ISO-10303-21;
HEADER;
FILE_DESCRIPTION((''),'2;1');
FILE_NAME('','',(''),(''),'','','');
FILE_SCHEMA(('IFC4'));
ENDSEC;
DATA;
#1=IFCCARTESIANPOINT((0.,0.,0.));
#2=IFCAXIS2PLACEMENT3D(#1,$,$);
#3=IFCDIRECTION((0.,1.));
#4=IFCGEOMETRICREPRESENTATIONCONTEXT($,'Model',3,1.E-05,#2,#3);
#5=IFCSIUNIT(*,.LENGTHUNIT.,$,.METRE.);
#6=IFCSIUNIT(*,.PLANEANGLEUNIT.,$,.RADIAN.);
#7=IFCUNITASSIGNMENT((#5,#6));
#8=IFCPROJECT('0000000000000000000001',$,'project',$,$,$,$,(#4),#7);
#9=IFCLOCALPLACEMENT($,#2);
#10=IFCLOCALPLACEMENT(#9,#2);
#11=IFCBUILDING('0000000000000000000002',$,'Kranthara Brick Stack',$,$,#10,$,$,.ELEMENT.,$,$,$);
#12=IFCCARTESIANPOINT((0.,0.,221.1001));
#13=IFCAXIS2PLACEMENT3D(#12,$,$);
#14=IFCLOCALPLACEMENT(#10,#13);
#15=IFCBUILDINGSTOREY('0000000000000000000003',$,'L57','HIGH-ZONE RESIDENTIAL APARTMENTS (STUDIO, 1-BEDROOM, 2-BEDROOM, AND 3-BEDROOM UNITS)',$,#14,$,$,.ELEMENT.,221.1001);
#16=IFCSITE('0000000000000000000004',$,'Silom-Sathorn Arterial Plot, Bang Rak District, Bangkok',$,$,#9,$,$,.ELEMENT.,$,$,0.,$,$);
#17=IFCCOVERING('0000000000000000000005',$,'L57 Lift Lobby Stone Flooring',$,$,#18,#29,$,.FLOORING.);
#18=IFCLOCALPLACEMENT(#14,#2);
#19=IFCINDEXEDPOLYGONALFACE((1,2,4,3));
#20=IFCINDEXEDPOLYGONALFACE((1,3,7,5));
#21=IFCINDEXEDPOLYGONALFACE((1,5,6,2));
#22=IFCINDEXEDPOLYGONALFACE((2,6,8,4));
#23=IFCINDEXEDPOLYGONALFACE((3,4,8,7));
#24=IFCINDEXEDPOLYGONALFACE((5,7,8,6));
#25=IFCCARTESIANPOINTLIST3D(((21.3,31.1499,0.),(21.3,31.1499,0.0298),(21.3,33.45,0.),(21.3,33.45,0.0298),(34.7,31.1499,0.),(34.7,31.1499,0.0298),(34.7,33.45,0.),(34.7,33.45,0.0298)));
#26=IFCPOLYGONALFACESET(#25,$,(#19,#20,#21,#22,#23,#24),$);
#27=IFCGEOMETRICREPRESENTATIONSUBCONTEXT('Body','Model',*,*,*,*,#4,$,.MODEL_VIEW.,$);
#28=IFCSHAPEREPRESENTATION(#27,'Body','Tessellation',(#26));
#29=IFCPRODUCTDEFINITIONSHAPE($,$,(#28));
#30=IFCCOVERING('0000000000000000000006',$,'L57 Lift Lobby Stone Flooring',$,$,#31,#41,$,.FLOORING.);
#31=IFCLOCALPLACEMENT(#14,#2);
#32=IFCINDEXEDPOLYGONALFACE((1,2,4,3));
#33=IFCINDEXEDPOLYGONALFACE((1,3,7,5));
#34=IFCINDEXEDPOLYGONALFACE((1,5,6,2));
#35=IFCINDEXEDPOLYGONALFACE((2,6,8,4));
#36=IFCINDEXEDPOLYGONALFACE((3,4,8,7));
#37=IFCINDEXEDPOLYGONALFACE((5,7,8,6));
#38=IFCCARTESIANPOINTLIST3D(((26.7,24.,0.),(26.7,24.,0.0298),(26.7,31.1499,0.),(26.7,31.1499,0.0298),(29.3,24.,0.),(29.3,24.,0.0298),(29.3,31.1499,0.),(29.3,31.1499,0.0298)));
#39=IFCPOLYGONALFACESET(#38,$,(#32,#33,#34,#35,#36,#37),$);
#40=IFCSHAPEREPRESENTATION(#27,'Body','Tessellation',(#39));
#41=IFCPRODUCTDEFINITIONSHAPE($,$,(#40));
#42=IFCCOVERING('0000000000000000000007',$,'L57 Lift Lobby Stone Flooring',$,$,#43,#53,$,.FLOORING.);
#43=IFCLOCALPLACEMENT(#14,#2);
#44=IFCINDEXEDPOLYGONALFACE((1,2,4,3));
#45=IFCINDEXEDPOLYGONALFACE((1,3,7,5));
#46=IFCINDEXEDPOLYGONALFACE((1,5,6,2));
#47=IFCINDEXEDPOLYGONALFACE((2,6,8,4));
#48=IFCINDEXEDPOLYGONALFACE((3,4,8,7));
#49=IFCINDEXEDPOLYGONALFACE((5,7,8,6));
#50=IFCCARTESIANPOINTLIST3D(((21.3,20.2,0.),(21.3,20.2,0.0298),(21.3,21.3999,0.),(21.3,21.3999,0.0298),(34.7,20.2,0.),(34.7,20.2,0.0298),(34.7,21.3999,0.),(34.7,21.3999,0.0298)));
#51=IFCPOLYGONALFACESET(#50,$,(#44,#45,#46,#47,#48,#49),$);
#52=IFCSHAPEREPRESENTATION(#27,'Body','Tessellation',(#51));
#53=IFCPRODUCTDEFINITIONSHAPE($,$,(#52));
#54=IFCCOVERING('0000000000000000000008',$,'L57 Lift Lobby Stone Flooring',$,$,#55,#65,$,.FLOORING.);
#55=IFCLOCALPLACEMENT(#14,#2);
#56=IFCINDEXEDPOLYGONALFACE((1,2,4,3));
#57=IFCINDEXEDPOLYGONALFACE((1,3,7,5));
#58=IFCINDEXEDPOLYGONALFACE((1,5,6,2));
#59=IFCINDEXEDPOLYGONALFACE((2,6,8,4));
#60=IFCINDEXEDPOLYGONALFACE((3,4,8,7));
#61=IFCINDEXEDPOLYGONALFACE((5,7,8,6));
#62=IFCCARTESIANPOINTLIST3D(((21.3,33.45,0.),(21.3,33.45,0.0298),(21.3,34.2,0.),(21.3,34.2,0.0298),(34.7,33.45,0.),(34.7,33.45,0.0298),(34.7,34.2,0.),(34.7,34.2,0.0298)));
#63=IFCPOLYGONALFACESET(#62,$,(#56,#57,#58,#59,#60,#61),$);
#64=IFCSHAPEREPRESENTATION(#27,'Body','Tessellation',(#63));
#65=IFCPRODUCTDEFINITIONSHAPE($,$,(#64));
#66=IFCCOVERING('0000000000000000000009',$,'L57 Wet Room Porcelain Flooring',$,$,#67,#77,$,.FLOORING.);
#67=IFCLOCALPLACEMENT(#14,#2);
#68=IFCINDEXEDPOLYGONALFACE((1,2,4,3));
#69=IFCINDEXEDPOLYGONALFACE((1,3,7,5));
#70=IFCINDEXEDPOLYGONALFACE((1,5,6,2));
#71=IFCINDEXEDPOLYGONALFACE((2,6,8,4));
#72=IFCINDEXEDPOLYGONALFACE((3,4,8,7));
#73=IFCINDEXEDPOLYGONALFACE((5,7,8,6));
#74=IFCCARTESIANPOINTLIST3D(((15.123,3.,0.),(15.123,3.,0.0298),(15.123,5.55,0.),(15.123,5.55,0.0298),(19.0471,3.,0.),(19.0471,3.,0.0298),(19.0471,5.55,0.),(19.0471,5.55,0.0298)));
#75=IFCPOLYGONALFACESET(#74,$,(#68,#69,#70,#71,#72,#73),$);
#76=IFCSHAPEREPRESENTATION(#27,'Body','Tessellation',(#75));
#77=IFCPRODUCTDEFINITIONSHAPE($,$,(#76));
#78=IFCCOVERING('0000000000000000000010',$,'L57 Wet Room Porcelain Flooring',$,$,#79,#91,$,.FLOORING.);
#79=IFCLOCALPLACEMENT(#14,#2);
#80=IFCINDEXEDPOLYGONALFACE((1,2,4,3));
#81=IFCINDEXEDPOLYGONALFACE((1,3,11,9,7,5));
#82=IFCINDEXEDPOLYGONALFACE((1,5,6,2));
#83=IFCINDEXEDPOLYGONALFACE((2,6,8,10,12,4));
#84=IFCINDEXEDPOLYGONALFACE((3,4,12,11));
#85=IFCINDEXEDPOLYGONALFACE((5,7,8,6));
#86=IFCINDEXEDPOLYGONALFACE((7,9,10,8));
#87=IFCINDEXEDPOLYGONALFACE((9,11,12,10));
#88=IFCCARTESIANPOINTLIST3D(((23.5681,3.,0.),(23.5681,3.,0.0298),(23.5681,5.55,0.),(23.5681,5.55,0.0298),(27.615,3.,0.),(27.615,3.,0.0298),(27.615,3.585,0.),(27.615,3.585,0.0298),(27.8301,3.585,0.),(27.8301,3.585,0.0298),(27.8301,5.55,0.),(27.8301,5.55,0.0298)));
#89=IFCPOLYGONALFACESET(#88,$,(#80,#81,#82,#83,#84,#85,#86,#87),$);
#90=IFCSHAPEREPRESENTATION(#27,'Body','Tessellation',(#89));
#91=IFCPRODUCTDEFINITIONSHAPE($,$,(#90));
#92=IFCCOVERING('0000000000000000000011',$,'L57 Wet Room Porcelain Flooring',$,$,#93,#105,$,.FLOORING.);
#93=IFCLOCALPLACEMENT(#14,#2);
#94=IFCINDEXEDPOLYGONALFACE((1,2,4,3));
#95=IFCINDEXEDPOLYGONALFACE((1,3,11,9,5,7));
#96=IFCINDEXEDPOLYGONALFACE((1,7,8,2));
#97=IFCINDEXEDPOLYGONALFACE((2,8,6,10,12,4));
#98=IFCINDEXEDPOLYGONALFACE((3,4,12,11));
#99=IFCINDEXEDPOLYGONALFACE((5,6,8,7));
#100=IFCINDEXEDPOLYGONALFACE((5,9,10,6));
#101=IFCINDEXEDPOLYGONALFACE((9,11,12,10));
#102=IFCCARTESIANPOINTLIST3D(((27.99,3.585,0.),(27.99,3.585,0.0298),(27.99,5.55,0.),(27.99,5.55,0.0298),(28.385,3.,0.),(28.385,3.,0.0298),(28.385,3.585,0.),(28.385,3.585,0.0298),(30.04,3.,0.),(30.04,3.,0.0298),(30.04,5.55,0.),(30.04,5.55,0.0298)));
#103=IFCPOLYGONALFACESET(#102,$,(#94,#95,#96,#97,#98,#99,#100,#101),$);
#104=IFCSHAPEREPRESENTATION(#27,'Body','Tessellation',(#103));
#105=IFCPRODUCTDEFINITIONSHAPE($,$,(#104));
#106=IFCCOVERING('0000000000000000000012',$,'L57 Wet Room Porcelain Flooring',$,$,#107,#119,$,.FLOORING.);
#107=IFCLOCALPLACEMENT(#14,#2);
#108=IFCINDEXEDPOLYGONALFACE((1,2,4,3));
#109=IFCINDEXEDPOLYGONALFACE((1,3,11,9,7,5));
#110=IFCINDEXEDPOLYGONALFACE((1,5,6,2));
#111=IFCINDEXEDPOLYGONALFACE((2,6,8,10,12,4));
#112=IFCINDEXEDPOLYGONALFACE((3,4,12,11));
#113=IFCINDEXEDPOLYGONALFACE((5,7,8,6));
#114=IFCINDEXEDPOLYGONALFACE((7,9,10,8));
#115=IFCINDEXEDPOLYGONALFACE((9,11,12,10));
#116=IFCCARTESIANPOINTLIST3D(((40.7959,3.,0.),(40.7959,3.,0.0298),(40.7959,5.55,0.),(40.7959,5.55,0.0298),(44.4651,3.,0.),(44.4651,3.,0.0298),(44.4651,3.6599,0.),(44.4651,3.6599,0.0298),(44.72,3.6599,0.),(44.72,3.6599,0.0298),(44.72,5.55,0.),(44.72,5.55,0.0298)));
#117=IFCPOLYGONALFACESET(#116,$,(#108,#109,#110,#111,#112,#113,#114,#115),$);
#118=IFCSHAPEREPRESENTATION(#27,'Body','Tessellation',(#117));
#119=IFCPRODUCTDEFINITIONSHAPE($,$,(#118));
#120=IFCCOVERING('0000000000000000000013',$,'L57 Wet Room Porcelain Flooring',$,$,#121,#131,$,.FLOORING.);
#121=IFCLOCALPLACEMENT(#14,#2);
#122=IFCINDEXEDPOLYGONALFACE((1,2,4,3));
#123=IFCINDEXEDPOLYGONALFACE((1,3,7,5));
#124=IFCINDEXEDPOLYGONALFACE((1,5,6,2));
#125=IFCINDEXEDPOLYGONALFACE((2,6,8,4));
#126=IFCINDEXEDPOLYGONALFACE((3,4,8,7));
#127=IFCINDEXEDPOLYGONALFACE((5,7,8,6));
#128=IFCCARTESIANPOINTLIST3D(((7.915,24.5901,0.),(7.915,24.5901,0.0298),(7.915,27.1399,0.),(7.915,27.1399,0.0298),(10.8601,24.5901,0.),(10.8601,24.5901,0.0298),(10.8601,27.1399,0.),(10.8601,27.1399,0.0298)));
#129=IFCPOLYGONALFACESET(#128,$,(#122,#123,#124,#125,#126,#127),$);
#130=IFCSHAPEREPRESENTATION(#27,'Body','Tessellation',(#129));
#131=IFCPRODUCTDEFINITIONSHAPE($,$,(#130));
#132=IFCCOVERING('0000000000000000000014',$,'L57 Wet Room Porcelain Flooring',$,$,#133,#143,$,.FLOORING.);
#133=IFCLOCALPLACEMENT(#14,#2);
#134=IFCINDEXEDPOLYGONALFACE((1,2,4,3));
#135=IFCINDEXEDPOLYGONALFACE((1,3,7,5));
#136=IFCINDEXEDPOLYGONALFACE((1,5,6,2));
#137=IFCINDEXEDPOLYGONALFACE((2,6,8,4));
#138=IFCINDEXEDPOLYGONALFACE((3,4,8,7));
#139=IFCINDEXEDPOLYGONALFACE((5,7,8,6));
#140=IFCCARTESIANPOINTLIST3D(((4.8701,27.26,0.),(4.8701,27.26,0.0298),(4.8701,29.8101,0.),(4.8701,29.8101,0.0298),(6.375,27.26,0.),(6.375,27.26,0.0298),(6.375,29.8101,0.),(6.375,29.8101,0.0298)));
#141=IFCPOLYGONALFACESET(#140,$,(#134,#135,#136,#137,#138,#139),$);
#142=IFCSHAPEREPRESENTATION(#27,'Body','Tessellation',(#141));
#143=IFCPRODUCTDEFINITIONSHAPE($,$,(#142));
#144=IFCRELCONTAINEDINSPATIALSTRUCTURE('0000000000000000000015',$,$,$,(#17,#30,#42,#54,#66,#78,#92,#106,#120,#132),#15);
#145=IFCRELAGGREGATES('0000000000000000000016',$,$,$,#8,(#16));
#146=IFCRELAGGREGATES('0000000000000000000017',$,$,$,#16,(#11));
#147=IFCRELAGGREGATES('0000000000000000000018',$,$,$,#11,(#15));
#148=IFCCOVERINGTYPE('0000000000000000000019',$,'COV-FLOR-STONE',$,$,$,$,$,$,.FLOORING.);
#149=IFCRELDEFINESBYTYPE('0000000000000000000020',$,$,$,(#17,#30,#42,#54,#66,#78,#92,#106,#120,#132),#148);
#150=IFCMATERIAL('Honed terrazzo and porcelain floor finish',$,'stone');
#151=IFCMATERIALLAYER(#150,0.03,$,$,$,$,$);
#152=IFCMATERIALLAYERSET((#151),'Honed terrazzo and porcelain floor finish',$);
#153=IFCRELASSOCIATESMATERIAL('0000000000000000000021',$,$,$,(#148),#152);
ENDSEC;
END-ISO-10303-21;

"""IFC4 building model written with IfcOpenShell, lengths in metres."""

from ifc_helpers import new_model, si_unit, direction, frame, origin, place, context, subcontext, project, spatial, polyline, outline, extrude, material, layer, layer_set, type_object, element, save


model = new_model("IFC4")

# Units and contexts
model_context = context("Model", 3, precision=1e-05, world=origin(), true_north=direction((0.0, 1.0)))
body_context = subcontext(model_context, "Body", "Model", "MODEL_VIEW")
ifc_project = project(units=[si_unit("LENGTHUNIT", "METRE"), si_unit("PLANEANGLEUNIT", "RADIAN")], contexts=[model_context])

# Site, building, storey
site_placement = place(None, origin())
site = spatial("IfcSite", under=ifc_project, at=site_placement, Name="Silom-Sathorn Arterial Plot, Bang Rak District, Bangkok", CompositionType="ELEMENT", RefElevation=0.0)
building_placement = place(site_placement, origin())
building = spatial("IfcBuilding", under=site, at=building_placement, Name="Kranthara Brick Stack", CompositionType="ELEMENT")
storey_placement = place(building_placement, frame((0.0, 0.0, 221.1001)))
storey = spatial("IfcBuildingStorey", under=building, at=storey_placement, Name="L57", Description="HIGH-ZONE RESIDENTIAL APARTMENTS (STUDIO, 1-BEDROOM, 2-BEDROOM, AND 3-BEDROOM UNITS)", CompositionType="ELEMENT", Elevation=221.1001)

# Coverings
ifc_material_1 = material(Name="Honed terrazzo and porcelain floor finish", Category="stone")
ifc_layer_1 = layer(ifc_material_1, 0.03)
ifc_layer_set_1 = layer_set([ifc_layer_1], Name="Honed terrazzo and porcelain floor finish")
covering_type_1 = type_object("IfcCoveringType", Name="COV-FLOR-STONE", PredefinedType="FLOORING", material=ifc_layer_set_1)
covering_1_placement = place(storey_placement, origin())
element("IfcCovering", 1, at=covering_1_placement, inside=storey, type_object=covering_type_1, Name="L57 Lift Lobby Stone Flooring", PredefinedType="FLOORING", context=body_context, shape_type="SweptSolid", body=[
    extrude(outline(polyline([(34.7, 31.1499), (34.7, 33.45), (21.3, 33.45), (21.3, 31.1499), (34.7, 31.1499)])), origin(), (0.0, 0.0, 1.0), 0.0298),
])
covering_2_placement = place(storey_placement, origin())
element("IfcCovering", 2, at=covering_2_placement, inside=storey, type_object=covering_type_1, Name="L57 Lift Lobby Stone Flooring", PredefinedType="FLOORING", context=body_context, shape_type="SweptSolid", body=[
    extrude(outline(polyline([(29.3, 24.0), (26.7, 24.0), (26.7, 31.1499), (29.3, 31.1499), (29.3, 24.0)])), origin(), (0.0, 0.0, 1.0), 0.0298),
])
covering_3_placement = place(storey_placement, origin())
element("IfcCovering", 3, at=covering_3_placement, inside=storey, type_object=covering_type_1, Name="L57 Lift Lobby Stone Flooring", PredefinedType="FLOORING", context=body_context, shape_type="SweptSolid", body=[
    extrude(outline(polyline([(34.7, 20.2), (21.3, 20.2), (21.3, 21.3999), (34.7, 21.3999), (34.7, 20.2)])), origin(), (0.0, 0.0, 1.0), 0.0298),
])
covering_4_placement = place(storey_placement, origin())
element("IfcCovering", 4, at=covering_4_placement, inside=storey, type_object=covering_type_1, Name="L57 Lift Lobby Stone Flooring", PredefinedType="FLOORING", context=body_context, shape_type="SweptSolid", body=[
    extrude(outline(polyline([(34.7, 33.45), (21.3, 33.45), (21.3, 34.2), (34.7, 34.2), (34.7, 33.45)])), origin(), (0.0, 0.0, 1.0), 0.0298),
])
covering_5_placement = place(storey_placement, origin())
element("IfcCovering", 5, at=covering_5_placement, inside=storey, type_object=covering_type_1, Name="L57 Wet Room Porcelain Flooring", PredefinedType="FLOORING", context=body_context, shape_type="SweptSolid", body=[
    extrude(outline(polyline([(19.0471, 3.0), (19.0471, 5.55), (15.123, 5.55), (15.123, 3.0), (19.0471, 3.0)])), origin(), (0.0, 0.0, 1.0), 0.0298),
])
covering_6_placement = place(storey_placement, origin())
element("IfcCovering", 6, at=covering_6_placement, inside=storey, type_object=covering_type_1, Name="L57 Wet Room Porcelain Flooring", PredefinedType="FLOORING", context=body_context, shape_type="SweptSolid", body=[
    extrude(outline(polyline([(23.5681, 3.0), (23.5681, 5.55), (27.8301, 5.55), (27.8301, 3.585), (27.615, 3.585), (27.615, 3.0), (23.5681, 3.0)])), origin(), (0.0, 0.0, 1.0), 0.0298),
])
covering_7_placement = place(storey_placement, origin())
element("IfcCovering", 7, at=covering_7_placement, inside=storey, type_object=covering_type_1, Name="L57 Wet Room Porcelain Flooring", PredefinedType="FLOORING", context=body_context, shape_type="SweptSolid", body=[
    extrude(outline(polyline([(27.99, 5.55), (30.04, 5.55), (30.04, 3.0), (28.385, 3.0), (28.385, 3.585), (27.99, 3.585), (27.99, 5.55)])), origin(), (0.0, 0.0, 1.0), 0.0298),
])
covering_8_placement = place(storey_placement, origin())
element("IfcCovering", 8, at=covering_8_placement, inside=storey, type_object=covering_type_1, Name="L57 Wet Room Porcelain Flooring", PredefinedType="FLOORING", context=body_context, shape_type="SweptSolid", body=[
    extrude(outline(polyline([(40.7959, 3.0), (40.7959, 5.55), (44.72, 5.55), (44.72, 3.6599), (44.4651, 3.6599), (44.4651, 3.0), (40.7959, 3.0)])), origin(), (0.0, 0.0, 1.0), 0.0298),
])
covering_9_placement = place(storey_placement, origin())
element("IfcCovering", 9, at=covering_9_placement, inside=storey, type_object=covering_type_1, Name="L57 Wet Room Porcelain Flooring", PredefinedType="FLOORING", context=body_context, shape_type="SweptSolid", body=[
    extrude(outline(polyline([(10.8601, 24.5901), (10.8601, 27.1399), (7.915, 27.1399), (7.915, 24.5901), (10.8601, 24.5901)])), origin(), (0.0, 0.0, 1.0), 0.0298),
])
covering_10_placement = place(storey_placement, origin())
element("IfcCovering", 10, at=covering_10_placement, inside=storey, type_object=covering_type_1, Name="L57 Wet Room Porcelain Flooring", PredefinedType="FLOORING", context=body_context, shape_type="SweptSolid", body=[
    extrude(outline(polyline([(6.375, 27.26), (6.375, 29.8101), (4.8701, 29.8101), (4.8701, 27.26), (6.375, 27.26)])), origin(), (0.0, 0.0, 1.0), 0.0298),
])

save(model, "model.ifc")
